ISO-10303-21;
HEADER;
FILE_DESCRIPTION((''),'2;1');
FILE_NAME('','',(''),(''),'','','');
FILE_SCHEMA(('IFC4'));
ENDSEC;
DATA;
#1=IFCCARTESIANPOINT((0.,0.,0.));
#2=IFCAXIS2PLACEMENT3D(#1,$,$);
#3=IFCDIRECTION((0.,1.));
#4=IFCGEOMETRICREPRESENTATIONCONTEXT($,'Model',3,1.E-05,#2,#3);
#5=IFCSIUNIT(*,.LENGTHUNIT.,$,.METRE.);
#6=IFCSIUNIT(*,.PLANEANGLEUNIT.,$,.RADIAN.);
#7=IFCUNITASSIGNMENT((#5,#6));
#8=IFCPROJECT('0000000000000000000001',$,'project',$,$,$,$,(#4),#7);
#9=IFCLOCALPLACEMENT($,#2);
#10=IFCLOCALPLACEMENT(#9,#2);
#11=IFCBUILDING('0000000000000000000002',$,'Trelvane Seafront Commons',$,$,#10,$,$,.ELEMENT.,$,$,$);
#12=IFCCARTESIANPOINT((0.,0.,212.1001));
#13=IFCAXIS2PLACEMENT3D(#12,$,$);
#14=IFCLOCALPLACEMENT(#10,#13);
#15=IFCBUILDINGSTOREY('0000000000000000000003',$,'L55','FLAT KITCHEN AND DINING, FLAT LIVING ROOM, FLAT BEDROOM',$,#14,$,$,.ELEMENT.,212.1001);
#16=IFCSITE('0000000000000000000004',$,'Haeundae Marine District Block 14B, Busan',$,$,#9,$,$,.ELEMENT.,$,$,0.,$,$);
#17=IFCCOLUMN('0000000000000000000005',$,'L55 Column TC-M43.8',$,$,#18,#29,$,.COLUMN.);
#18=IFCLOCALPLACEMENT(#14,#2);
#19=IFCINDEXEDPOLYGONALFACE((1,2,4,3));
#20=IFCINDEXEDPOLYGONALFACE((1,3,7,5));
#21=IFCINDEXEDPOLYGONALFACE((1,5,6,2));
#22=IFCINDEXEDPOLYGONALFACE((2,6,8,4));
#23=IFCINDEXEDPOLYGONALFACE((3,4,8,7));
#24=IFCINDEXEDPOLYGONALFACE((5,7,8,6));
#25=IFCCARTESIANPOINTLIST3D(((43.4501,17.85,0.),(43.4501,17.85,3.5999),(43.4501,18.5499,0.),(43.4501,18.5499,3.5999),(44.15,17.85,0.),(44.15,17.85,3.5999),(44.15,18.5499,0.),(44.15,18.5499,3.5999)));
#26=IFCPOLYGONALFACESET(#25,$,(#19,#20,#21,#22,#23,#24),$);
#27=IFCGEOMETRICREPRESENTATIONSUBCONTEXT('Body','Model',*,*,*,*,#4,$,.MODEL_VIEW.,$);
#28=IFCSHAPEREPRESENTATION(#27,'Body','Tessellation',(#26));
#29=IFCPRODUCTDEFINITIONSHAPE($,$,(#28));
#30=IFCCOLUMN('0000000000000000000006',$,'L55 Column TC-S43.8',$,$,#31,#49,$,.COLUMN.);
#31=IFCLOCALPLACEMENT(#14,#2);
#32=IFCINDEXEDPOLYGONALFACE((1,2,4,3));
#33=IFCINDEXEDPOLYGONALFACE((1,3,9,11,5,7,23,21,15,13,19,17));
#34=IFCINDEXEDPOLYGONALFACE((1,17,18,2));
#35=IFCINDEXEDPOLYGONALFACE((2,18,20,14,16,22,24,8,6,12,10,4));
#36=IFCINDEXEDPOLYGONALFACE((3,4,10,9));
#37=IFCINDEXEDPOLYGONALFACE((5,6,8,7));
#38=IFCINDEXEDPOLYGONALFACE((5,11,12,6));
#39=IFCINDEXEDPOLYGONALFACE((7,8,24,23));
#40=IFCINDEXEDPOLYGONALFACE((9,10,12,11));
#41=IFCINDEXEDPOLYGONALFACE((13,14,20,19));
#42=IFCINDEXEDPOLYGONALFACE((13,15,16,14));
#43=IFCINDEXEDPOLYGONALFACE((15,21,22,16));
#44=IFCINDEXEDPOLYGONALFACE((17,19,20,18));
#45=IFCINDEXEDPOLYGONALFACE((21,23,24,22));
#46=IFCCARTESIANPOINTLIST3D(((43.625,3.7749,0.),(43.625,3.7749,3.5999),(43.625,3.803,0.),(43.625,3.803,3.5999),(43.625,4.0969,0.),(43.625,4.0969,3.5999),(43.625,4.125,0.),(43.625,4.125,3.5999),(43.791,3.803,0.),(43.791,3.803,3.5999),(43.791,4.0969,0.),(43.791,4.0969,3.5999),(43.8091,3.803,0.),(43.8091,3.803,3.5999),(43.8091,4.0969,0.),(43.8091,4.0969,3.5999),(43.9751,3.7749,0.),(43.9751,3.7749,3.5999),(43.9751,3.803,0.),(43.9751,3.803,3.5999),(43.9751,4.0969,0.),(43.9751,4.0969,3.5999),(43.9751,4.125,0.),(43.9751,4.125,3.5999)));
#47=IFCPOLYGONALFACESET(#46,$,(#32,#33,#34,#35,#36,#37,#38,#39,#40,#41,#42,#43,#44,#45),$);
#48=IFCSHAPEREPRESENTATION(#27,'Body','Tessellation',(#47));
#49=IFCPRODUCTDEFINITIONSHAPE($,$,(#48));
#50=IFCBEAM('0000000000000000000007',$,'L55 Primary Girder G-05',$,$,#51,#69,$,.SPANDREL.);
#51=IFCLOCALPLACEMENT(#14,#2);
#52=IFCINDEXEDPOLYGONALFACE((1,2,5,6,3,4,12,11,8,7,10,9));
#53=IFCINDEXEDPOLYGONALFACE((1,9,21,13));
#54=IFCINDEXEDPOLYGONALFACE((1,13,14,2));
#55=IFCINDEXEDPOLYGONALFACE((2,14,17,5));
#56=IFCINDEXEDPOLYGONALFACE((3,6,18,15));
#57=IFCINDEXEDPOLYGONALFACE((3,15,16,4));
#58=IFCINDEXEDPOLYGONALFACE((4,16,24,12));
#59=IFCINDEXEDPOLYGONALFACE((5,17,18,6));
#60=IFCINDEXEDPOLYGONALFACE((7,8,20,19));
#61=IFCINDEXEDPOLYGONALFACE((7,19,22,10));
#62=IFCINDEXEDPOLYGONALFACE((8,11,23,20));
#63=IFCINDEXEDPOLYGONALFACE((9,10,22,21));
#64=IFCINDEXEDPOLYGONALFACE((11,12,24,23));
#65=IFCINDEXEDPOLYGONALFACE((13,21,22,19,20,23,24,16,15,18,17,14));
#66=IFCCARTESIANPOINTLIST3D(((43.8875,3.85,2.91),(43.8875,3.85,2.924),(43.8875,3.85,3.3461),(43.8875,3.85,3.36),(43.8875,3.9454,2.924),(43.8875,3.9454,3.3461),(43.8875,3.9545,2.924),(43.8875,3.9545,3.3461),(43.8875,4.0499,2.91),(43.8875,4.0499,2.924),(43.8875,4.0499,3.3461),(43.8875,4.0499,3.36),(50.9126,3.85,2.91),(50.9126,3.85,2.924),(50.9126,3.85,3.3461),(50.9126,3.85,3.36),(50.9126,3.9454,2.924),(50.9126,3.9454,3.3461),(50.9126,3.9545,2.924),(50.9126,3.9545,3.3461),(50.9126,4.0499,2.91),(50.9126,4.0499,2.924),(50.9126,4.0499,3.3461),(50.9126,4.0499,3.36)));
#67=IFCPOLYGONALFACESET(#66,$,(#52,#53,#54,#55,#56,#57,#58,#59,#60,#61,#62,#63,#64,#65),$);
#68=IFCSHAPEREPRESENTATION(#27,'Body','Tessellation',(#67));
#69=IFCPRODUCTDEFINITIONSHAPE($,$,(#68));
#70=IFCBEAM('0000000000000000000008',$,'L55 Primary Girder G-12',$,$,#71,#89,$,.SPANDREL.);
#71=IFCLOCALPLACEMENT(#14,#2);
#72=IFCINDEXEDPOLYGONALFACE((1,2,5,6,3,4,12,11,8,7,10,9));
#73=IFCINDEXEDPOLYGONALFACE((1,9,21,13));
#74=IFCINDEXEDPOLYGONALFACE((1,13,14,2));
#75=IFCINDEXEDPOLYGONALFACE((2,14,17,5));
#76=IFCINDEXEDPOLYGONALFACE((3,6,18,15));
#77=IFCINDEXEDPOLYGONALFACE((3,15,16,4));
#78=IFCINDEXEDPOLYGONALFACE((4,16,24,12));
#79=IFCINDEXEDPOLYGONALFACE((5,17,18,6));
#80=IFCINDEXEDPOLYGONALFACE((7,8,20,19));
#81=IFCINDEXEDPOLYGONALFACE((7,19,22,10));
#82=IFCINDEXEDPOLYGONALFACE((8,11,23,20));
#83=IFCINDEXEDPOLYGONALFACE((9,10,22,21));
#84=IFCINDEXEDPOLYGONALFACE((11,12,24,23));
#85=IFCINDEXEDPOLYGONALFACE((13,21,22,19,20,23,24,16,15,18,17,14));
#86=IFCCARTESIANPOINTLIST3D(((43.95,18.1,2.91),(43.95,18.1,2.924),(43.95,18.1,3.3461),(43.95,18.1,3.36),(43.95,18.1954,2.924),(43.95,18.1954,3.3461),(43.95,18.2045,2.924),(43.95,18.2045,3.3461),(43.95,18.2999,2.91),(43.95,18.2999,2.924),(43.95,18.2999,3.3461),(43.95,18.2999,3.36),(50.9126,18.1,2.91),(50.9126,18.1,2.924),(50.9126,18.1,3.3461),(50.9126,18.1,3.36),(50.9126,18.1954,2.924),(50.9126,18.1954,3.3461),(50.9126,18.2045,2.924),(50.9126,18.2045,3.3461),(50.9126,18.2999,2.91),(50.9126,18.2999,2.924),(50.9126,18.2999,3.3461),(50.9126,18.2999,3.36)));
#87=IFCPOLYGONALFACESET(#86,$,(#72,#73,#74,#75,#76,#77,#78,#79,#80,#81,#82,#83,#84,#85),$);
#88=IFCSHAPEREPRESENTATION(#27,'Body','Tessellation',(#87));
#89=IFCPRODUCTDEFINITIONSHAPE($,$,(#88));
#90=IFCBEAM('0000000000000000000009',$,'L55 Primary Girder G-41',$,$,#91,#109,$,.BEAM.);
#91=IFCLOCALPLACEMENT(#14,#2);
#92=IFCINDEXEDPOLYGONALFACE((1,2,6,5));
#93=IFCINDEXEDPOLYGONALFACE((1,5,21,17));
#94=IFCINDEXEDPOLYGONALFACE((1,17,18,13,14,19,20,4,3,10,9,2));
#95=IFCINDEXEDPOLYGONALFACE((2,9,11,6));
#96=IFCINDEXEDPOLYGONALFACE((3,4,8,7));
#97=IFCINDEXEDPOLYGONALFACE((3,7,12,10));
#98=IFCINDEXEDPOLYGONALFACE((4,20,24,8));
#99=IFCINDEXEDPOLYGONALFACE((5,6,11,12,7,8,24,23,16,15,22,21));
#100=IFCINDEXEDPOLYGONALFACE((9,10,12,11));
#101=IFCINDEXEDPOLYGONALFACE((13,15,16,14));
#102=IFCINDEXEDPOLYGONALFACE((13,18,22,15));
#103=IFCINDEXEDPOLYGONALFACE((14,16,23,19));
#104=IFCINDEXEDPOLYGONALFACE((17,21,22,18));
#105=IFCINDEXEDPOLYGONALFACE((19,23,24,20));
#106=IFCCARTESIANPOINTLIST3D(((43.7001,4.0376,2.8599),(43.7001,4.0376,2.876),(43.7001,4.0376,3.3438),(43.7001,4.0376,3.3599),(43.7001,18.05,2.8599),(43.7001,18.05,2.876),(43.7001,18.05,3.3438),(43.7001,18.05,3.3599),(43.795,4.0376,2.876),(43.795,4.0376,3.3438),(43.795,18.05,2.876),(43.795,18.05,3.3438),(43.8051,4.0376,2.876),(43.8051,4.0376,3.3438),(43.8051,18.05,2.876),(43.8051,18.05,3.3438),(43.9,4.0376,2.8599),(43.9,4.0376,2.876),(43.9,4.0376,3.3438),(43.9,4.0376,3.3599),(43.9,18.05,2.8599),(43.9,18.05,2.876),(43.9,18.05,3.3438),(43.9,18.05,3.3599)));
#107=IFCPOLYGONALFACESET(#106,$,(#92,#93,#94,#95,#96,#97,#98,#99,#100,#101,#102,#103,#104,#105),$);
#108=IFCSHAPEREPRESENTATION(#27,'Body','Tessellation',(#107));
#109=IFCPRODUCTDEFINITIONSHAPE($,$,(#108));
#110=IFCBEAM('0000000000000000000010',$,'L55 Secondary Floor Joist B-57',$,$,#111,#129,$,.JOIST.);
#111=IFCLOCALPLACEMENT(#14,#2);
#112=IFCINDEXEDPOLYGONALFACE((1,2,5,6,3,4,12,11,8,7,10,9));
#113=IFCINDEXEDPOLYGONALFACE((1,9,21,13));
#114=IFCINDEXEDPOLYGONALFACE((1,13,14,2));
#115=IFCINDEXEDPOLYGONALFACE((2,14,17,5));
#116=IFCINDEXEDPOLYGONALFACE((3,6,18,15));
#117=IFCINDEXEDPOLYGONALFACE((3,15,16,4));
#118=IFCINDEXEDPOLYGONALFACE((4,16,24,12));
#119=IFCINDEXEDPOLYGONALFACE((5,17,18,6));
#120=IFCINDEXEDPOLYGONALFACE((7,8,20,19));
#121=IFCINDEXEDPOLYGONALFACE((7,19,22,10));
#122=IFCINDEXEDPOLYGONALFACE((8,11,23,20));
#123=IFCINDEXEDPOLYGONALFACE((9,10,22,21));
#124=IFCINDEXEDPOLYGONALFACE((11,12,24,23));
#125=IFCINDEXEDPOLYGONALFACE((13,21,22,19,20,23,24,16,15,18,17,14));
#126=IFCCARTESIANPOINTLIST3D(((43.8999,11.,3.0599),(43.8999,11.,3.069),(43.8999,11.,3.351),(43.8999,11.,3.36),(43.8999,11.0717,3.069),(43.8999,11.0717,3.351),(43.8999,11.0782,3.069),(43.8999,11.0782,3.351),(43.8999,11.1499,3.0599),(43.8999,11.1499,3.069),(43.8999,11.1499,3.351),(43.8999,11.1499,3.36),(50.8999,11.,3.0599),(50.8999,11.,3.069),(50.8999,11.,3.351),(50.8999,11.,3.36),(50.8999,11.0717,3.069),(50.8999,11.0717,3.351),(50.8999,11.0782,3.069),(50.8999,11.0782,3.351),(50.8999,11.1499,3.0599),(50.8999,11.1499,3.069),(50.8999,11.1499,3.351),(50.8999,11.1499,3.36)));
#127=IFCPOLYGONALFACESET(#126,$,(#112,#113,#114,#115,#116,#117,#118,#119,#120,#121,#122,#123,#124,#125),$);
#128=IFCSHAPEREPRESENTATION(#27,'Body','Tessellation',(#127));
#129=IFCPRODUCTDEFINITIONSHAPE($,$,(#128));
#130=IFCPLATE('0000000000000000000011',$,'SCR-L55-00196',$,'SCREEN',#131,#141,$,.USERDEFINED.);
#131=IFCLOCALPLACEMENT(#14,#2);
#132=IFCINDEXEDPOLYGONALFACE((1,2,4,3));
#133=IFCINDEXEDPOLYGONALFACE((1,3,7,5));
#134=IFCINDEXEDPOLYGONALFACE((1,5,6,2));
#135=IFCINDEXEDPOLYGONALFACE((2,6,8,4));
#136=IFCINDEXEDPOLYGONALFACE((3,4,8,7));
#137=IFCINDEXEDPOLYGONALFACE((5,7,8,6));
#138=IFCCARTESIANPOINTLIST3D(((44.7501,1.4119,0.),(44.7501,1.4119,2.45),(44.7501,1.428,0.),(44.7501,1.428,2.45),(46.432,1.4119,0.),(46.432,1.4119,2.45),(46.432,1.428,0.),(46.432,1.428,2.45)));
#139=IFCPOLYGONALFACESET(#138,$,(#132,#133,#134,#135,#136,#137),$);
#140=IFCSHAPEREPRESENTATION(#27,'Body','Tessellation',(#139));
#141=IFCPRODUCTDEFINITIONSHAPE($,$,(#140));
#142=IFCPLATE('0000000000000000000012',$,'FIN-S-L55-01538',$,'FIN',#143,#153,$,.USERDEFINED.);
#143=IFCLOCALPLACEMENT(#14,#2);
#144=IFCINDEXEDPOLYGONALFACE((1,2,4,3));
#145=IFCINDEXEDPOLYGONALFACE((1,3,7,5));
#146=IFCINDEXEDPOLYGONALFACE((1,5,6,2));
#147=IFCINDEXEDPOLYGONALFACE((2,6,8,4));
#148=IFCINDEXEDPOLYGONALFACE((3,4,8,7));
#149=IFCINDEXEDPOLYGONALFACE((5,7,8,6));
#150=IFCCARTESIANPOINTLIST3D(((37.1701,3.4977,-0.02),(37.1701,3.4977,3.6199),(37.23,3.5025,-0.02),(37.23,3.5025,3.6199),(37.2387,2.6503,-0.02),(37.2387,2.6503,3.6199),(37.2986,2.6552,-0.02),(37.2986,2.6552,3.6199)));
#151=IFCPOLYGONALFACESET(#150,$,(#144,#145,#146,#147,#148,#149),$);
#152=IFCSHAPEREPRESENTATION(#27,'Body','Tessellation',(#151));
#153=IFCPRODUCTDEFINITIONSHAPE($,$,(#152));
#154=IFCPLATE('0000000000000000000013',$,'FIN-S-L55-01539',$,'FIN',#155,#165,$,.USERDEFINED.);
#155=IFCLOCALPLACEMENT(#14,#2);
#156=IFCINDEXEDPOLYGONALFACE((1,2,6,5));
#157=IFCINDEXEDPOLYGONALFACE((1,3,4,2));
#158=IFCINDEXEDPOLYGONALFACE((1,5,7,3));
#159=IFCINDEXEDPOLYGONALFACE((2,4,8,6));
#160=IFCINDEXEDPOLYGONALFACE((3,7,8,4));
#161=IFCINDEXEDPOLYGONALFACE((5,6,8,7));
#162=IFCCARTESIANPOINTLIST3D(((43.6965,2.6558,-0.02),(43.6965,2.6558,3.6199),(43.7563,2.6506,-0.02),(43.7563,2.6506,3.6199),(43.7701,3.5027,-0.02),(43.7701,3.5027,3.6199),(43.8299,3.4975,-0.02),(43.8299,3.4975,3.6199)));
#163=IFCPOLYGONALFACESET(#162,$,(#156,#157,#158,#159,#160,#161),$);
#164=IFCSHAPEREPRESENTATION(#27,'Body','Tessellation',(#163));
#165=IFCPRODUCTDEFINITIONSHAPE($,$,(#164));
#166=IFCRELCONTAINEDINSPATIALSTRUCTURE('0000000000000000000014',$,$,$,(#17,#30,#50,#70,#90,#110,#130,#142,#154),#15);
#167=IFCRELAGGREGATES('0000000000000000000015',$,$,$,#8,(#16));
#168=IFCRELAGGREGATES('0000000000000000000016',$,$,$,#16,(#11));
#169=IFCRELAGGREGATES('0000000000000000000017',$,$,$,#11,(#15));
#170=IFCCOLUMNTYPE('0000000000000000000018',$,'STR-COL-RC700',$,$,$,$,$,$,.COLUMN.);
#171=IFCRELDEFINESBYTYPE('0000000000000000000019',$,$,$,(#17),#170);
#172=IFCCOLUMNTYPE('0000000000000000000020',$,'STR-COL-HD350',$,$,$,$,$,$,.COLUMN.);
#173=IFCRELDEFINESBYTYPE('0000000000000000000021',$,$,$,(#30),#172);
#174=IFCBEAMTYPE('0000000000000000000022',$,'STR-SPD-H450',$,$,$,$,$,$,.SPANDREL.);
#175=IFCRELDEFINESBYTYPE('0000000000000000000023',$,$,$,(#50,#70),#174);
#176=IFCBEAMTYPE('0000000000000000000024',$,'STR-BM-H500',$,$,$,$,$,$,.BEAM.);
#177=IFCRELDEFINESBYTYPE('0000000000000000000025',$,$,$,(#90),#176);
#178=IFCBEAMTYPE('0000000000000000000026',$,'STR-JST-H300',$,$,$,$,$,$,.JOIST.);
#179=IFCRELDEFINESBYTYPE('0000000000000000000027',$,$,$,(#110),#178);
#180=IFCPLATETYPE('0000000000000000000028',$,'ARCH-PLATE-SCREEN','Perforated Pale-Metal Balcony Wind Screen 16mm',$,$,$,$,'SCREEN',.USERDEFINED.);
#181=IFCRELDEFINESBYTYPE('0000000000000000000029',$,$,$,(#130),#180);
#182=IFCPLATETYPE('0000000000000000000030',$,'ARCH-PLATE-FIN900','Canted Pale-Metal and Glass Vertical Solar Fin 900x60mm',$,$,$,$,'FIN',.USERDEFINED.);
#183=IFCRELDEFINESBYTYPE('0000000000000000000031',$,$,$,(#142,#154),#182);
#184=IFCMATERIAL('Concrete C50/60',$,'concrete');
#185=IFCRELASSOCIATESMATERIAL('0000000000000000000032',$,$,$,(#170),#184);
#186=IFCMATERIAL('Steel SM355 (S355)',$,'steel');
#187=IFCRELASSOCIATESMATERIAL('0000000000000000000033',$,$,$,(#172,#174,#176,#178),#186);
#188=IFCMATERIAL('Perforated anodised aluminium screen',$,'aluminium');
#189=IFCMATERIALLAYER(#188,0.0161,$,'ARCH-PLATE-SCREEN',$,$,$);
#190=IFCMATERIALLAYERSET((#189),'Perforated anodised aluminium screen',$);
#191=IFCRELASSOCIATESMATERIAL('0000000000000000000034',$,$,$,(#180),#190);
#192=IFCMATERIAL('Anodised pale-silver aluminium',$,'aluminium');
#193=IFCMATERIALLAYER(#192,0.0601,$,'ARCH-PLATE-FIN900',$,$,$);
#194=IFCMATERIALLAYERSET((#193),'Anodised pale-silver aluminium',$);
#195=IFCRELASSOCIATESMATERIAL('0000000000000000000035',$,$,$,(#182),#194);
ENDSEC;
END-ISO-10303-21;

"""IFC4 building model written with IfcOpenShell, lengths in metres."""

from ifc_helpers import new_model, si_unit, direction, frame, origin, origin_2d, place, context, subcontext, project, spatial, rectangle, i_section, extrude, source, transform, mapped, material, layer, layer_set, material_profile, profile_set, type_object, element, save


model = new_model("IFC4")

# Units and contexts
model_context = context("Model", 3, precision=1e-05, world=origin(), true_north=direction((0.0, 1.0)))
body_context = subcontext(model_context, "Body", "Model", "MODEL_VIEW")
ifc_project = project(units=[si_unit("LENGTHUNIT", "METRE"), si_unit("PLANEANGLEUNIT", "RADIAN")], contexts=[model_context])

# Site, building, storey
site_placement = place(None, origin())
site = spatial("IfcSite", under=ifc_project, at=site_placement, Name="Haeundae Marine District Block 14B, Busan", CompositionType="ELEMENT", RefElevation=0.0)
building_placement = place(site_placement, origin())
building = spatial("IfcBuilding", under=site, at=building_placement, Name="Trelvane Seafront Commons", CompositionType="ELEMENT")
storey_placement = place(building_placement, frame((0.0, 0.0, 212.1001)))
storey = spatial("IfcBuildingStorey", under=building, at=storey_placement, Name="L55", Description="FLAT KITCHEN AND DINING, FLAT LIVING ROOM, FLAT BEDROOM", CompositionType="ELEMENT", Elevation=212.1001)

# Columns
ifc_material_1 = material(Name="Concrete C50/60", Category="concrete")
ifc_material_profile_1 = material_profile(ifc_material_1, rectangle(XDim=0.7, YDim=0.7, at=origin_2d()), Name="RC-700x700")
ifc_profile_set_1 = profile_set([ifc_material_profile_1], Name="Concrete C50/60")
column_type_1 = type_object("IfcColumnType", Name="STR-COL-RC700", PredefinedType="COLUMN", material=ifc_profile_set_1)
shared_shape_1 = source(origin(), body_context, "Body", "SweptSolid", [
    extrude(rectangle(XDim=0.7, YDim=0.7, at=origin_2d()), origin(), (0.0, 0.0, 1.0), 3.5999),
])
column_1_placement = place(storey_placement, frame((43.8, 18.2, 0.0), z_axis=(0.0, 0.0, 1.0), x_axis=(1.0, 0.0, 0.0)))
element("IfcColumn", 1, at=column_1_placement, inside=storey, type_object=column_type_1, Name="L55 Column TC-M43.8", PredefinedType="COLUMN", context=body_context, shape_type="MappedRepresentation", body=[
    mapped(shared_shape_1, transform((0.0, 0.0, 0.0), x_axis=(1.0, 0.0, 0.0), y_axis=(0.0, 1.0, 0.0), z_axis=(0.0, 0.0, 1.0), scale=1.0)),
])
ifc_material_2 = material(Name="Steel SM355 (S355)", Category="steel")
ifc_material_profile_2 = material_profile(ifc_material_2, i_section(OverallWidth=0.3501, OverallDepth=0.3501, WebThickness=0.0181, FlangeThickness=0.0281, at=origin_2d()), Name="HD-350x350x18x28")
ifc_profile_set_2 = profile_set([ifc_material_profile_2], Name="Steel SM355 (S355)")
column_type_2 = type_object("IfcColumnType", Name="STR-COL-HD350", PredefinedType="COLUMN", material=ifc_profile_set_2)
shared_shape_2 = source(origin(), body_context, "Body", "SweptSolid", [
    extrude(i_section(OverallWidth=0.3501, OverallDepth=0.3501, WebThickness=0.0181, FlangeThickness=0.0281, at=origin_2d()), origin(), (0.0, 0.0, 1.0), 3.5999),
])
column_2_placement = place(storey_placement, frame((43.8, 3.95, 0.0), z_axis=(0.0, 0.0, 1.0), x_axis=(1.0, 0.0, 0.0)))
element("IfcColumn", 2, at=column_2_placement, inside=storey, type_object=column_type_2, Name="L55 Column TC-S43.8", PredefinedType="COLUMN", context=body_context, shape_type="MappedRepresentation", body=[
    mapped(shared_shape_2, transform((0.0, 0.0, 0.0), x_axis=(1.0, 0.0, 0.0), y_axis=(0.0, 1.0, 0.0), z_axis=(0.0, 0.0, 1.0), scale=1.0)),
])

# Beams
ifc_material_profile_3 = material_profile(ifc_material_2, i_section(OverallWidth=0.2, OverallDepth=0.45, WebThickness=0.009, FlangeThickness=0.0139, at=origin_2d()), Name="H-450x200x9x14")
ifc_profile_set_3 = profile_set([ifc_material_profile_3], Name="Steel SM355 (S355)")
beam_type_1 = type_object("IfcBeamType", Name="STR-SPD-H450", PredefinedType="SPANDREL", material=ifc_profile_set_3)
shared_shape_3 = source(origin(), body_context, "Body", "SweptSolid", [
    extrude(i_section(OverallWidth=0.2, OverallDepth=0.45, WebThickness=0.009, FlangeThickness=0.0139, at=origin_2d()), origin(), (0.0, 0.0, 1.0), 7.0251),
])
beam_1_placement = place(storey_placement, frame((43.8875, 3.95, 3.135), z_axis=(1.0, 0.0, 0.0), x_axis=(0.0, 1.0, 0.0)))
element("IfcBeam", 3, at=beam_1_placement, inside=storey, type_object=beam_type_1, Name="L55 Primary Girder G-05", PredefinedType="SPANDREL", context=body_context, shape_type="MappedRepresentation", body=[
    mapped(shared_shape_3, transform((0.0, 0.0, 0.0), x_axis=(1.0, 0.0, 0.0), y_axis=(0.0, 1.0, 0.0), z_axis=(0.0, 0.0, 1.0), scale=1.0)),
])
shared_shape_4 = source(origin(), body_context, "Body", "SweptSolid", [
    extrude(i_section(OverallWidth=0.2, OverallDepth=0.45, WebThickness=0.009, FlangeThickness=0.0139, at=origin_2d()), origin(), (0.0, 0.0, 1.0), 6.9626),
])
beam_2_placement = place(storey_placement, frame((43.95, 18.2, 3.135), z_axis=(1.0, 0.0, 0.0), x_axis=(0.0, 1.0, 0.0)))
element("IfcBeam", 4, at=beam_2_placement, inside=storey, type_object=beam_type_1, Name="L55 Primary Girder G-12", PredefinedType="SPANDREL", context=body_context, shape_type="MappedRepresentation", body=[
    mapped(shared_shape_4, transform((0.0, 0.0, 0.0), x_axis=(1.0, 0.0, 0.0), y_axis=(0.0, 1.0, 0.0), z_axis=(0.0, 0.0, 1.0), scale=1.0)),
])
ifc_material_profile_4 = material_profile(ifc_material_2, i_section(OverallWidth=0.2, OverallDepth=0.5, WebThickness=0.01, FlangeThickness=0.0161, at=origin_2d()), Name="H-500x200x10x16")
ifc_profile_set_4 = profile_set([ifc_material_profile_4], Name="Steel SM355 (S355)")
beam_type_2 = type_object("IfcBeamType", Name="STR-BM-H500", PredefinedType="BEAM", material=ifc_profile_set_4)
shared_shape_5 = source(origin(), body_context, "Body", "SweptSolid", [
    extrude(i_section(OverallWidth=0.2, OverallDepth=0.5, WebThickness=0.01, FlangeThickness=0.0161, at=origin_2d()), origin(), (0.0, 0.0, 1.0), 14.0125),
])
beam_3_placement = place(storey_placement, frame((43.8, 4.0376, 3.1099), z_axis=(0.0, 1.0, 0.0), x_axis=(-1.0, 0.0, 0.0)))
element("IfcBeam", 5, at=beam_3_placement, inside=storey, type_object=beam_type_2, Name="L55 Primary Girder G-41", PredefinedType="BEAM", context=body_context, shape_type="MappedRepresentation", body=[
    mapped(shared_shape_5, transform((0.0, 0.0, 0.0), x_axis=(1.0, 0.0, 0.0), y_axis=(0.0, 1.0, 0.0), z_axis=(0.0, 0.0, 1.0), scale=1.0)),
])
ifc_material_profile_5 = material_profile(ifc_material_2, i_section(OverallWidth=0.1499, OverallDepth=0.3, WebThickness=0.0066, FlangeThickness=0.009, at=origin_2d()), Name="H-300x150x6.5x9")
ifc_profile_set_5 = profile_set([ifc_material_profile_5], Name="Steel SM355 (S355)")
beam_type_3 = type_object("IfcBeamType", Name="STR-JST-H300", PredefinedType="JOIST", material=ifc_profile_set_5)
shared_shape_6 = source(origin(), body_context, "Body", "SweptSolid", [
    extrude(i_section(OverallWidth=0.1499, OverallDepth=0.3, WebThickness=0.0066, FlangeThickness=0.009, at=origin_2d()), origin(), (0.0, 0.0, 1.0), 7.0),
])
beam_4_placement = place(storey_placement, frame((43.8999, 11.075, 3.21), z_axis=(1.0, 0.0, 0.0), x_axis=(0.0, 1.0, 0.0)))
element("IfcBeam", 6, at=beam_4_placement, inside=storey, type_object=beam_type_3, Name="L55 Secondary Floor Joist B-57", PredefinedType="JOIST", context=body_context, shape_type="MappedRepresentation", body=[
    mapped(shared_shape_6, transform((0.0, 0.0, 0.0), x_axis=(1.0, 0.0, 0.0), y_axis=(0.0, 1.0, 0.0), z_axis=(0.0, 0.0, 1.0), scale=1.0)),
])

# Plates
ifc_material_3 = material(Name="Perforated anodised aluminium screen", Category="aluminium")
ifc_layer_1 = layer(ifc_material_3, 0.0161, Name="ARCH-PLATE-SCREEN")
ifc_layer_set_1 = layer_set([ifc_layer_1], Name="Perforated anodised aluminium screen")
plate_type_1 = type_object("IfcPlateType", Name="ARCH-PLATE-SCREEN", Description="Perforated Pale-Metal Balcony Wind Screen 16mm", ElementType="SCREEN", PredefinedType="USERDEFINED", material=ifc_layer_set_1)
shared_shape_7 = source(origin(), body_context, "Body", "SweptSolid", [
    extrude(rectangle(XDim=1.6819, YDim=0.0161, at=origin_2d()), origin(), (0.0, 0.0, 1.0), 2.45),
])
plate_placement = place(storey_placement, frame((45.5911, 1.4199, 0.0), z_axis=(0.0, 0.0, 1.0), x_axis=(1.0, 0.0, 0.0)))
element("IfcPlate", 7, at=plate_placement, inside=storey, type_object=plate_type_1, Name="SCR-L55-00196", ObjectType="SCREEN", PredefinedType="USERDEFINED", context=body_context, shape_type="MappedRepresentation", body=[
    mapped(shared_shape_7, transform((0.0, 0.0, 0.0), x_axis=(1.0, 0.0, 0.0), y_axis=(0.0, 1.0, 0.0), z_axis=(0.0, 0.0, 1.0), scale=1.0)),
])
ifc_material_4 = material(Name="Anodised pale-silver aluminium", Category="aluminium")
ifc_layer_2 = layer(ifc_material_4, 0.0601, Name="ARCH-PLATE-FIN900")
ifc_layer_set_2 = layer_set([ifc_layer_2], Name="Anodised pale-silver aluminium")
plate_type_2 = type_object("IfcPlateType", Name="ARCH-PLATE-FIN900", Description="Canted Pale-Metal and Glass Vertical Solar Fin 900x60mm", ElementType="FIN", PredefinedType="USERDEFINED", material=ifc_layer_set_2)
shared_shape_8 = source(origin(), body_context, "Body", "SweptSolid", [
    extrude(rectangle(XDim=0.8501, YDim=0.0601, at=origin_2d()), origin(), (0.0, 0.0, 1.0), 3.6399),
])
for number, where, z_axis, x_axis, name in (
    (8, (37.2344, 3.0764, -0.02), (0.0, 0.0, 1.0), (0.080709, -0.996738, 0.0), "FIN-S-L55-01538"),
    (9, (43.7632, 3.0767, -0.02), (0.0, 0.0, 1.0), (-0.086589, -0.996244, 0.0), "FIN-S-L55-01539"),
):
    element("IfcPlate", number, at=place(storey_placement, frame(where, z_axis=z_axis, x_axis=x_axis)), inside=storey, type_object=plate_type_2, Name=name, ObjectType="FIN", PredefinedType="USERDEFINED", context=body_context, shape_type="MappedRepresentation", body=[
        mapped(shared_shape_8, transform((0.0, 0.0, 0.0), x_axis=(1.0, 0.0, 0.0), y_axis=(0.0, 1.0, 0.0), z_axis=(0.0, 0.0, 1.0), scale=1.0)),
    ])

save(model, "model.ifc")
